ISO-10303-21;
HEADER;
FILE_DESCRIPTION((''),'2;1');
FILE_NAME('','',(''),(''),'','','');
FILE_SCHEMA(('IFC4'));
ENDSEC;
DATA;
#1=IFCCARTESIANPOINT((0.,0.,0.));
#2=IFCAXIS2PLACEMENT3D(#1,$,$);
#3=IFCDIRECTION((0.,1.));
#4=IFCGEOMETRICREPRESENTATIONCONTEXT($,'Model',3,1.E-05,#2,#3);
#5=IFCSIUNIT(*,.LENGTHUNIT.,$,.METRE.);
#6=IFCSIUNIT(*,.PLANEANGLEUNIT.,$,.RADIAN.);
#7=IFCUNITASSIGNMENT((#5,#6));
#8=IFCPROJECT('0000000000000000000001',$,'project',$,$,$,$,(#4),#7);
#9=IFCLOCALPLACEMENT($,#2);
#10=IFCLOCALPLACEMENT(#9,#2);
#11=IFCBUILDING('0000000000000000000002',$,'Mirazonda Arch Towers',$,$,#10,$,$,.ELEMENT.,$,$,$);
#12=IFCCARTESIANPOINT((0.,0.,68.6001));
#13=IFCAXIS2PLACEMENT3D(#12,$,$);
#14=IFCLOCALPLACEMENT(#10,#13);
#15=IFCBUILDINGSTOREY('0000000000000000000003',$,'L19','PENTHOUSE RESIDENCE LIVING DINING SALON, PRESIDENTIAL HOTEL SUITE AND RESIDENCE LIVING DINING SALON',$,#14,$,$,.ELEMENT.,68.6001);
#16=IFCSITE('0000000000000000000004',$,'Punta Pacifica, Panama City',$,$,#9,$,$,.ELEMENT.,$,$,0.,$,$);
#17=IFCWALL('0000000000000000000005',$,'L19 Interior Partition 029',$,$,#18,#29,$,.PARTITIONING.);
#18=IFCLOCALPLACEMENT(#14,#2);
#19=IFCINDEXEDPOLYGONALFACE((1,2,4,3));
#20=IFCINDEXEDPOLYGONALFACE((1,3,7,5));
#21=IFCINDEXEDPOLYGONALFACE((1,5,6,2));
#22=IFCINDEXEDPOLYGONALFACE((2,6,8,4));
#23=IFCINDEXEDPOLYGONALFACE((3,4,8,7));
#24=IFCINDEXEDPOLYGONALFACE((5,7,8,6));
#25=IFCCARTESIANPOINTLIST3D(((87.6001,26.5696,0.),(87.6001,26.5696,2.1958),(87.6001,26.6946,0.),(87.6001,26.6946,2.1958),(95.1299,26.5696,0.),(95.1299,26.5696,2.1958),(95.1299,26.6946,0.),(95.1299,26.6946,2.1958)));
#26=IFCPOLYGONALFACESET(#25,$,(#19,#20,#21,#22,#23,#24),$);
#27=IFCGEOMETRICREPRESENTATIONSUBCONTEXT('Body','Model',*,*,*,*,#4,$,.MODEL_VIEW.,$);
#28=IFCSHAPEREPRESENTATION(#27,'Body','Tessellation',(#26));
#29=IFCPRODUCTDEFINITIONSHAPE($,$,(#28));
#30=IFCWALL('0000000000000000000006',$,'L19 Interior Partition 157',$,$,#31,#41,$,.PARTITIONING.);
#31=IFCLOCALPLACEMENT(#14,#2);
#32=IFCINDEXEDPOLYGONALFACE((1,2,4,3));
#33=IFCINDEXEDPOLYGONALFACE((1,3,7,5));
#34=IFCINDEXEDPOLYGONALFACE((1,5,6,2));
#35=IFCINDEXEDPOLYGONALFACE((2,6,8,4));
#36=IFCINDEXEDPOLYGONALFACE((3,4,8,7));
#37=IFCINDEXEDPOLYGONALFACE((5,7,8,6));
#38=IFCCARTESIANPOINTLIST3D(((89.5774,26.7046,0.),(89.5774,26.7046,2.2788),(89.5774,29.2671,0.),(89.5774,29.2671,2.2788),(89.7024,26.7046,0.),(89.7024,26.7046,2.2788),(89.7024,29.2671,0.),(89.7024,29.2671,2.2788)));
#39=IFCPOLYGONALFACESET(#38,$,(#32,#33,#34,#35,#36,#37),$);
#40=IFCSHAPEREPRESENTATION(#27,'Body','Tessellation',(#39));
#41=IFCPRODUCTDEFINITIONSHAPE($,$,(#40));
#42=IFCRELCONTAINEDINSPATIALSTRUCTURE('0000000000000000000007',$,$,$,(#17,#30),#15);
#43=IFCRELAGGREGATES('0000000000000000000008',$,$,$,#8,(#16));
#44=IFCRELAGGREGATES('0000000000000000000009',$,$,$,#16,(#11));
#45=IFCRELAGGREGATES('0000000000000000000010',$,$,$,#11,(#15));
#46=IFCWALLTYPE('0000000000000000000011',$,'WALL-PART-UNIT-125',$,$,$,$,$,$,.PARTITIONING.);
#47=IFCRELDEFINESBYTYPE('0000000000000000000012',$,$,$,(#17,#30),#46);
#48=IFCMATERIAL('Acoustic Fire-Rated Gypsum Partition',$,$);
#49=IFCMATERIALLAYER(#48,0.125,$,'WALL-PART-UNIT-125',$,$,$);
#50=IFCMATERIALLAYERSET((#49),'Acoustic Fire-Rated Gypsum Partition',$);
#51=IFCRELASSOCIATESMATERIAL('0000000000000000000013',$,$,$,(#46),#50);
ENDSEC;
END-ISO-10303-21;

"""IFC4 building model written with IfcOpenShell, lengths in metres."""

from ifc_helpers import new_model, si_unit, direction, frame, frame_2d, origin, place, context, subcontext, project, spatial, rectangle, extrude, material, layer, layer_set, type_object, element, save


model = new_model("IFC4")

# Units and contexts
model_context = context("Model", 3, precision=1e-05, world=origin(), true_north=direction((0.0, 1.0)))
body_context = subcontext(model_context, "Body", "Model", "MODEL_VIEW")
ifc_project = project(units=[si_unit("LENGTHUNIT", "METRE"), si_unit("PLANEANGLEUNIT", "RADIAN")], contexts=[model_context])

# Site, building, storey
site_placement = place(None, origin())
site = spatial("IfcSite", under=ifc_project, at=site_placement, Name="Punta Pacifica, Panama City", CompositionType="ELEMENT", RefElevation=0.0)
building_placement = place(site_placement, origin())
building = spatial("IfcBuilding", under=site, at=building_placement, Name="Mirazonda Arch Towers", CompositionType="ELEMENT")
storey_placement = place(building_placement, frame((0.0, 0.0, 68.6001)))
storey = spatial("IfcBuildingStorey", under=building, at=storey_placement, Name="L19", Description="PENTHOUSE RESIDENCE LIVING DINING SALON, PRESIDENTIAL HOTEL SUITE AND RESIDENCE LIVING DINING SALON", CompositionType="ELEMENT", Elevation=68.6001)

# Walls
ifc_material_1 = material(Name="Acoustic Fire-Rated Gypsum Partition")
ifc_layer_1 = layer(ifc_material_1, 0.125, Name="WALL-PART-UNIT-125")
ifc_layer_set_1 = layer_set([ifc_layer_1], Name="Acoustic Fire-Rated Gypsum Partition")
wall_type_1 = type_object("IfcWallType", Name="WALL-PART-UNIT-125", PredefinedType="PARTITIONING", material=ifc_layer_set_1)
wall_1_placement = place(storey_placement, frame((87.6001, 26.6321, 0.0), z_axis=(0.0, 0.0, 1.0), x_axis=(1.0, 0.0, 0.0)))
element("IfcWall", 1, at=wall_1_placement, inside=storey, type_object=wall_type_1, Name="L19 Interior Partition 029", PredefinedType="PARTITIONING", context=body_context, shape_type="SweptSolid", body=[
    extrude(rectangle(XDim=7.5298, YDim=0.125, at=frame_2d((3.7649, 0.0))), origin(), (0.0, 0.0, 1.0), 2.1958),
])
wall_2_placement = place(storey_placement, frame((89.6399, 26.7046, 0.0), z_axis=(0.0, 0.0, 1.0), x_axis=(0.0, 1.0, 0.0)))
element("IfcWall", 2, at=wall_2_placement, inside=storey, type_object=wall_type_1, Name="L19 Interior Partition 157", PredefinedType="PARTITIONING", context=body_context, shape_type="SweptSolid", body=[
    extrude(rectangle(XDim=2.5625, YDim=0.125, at=frame_2d((1.2812, 0.0))), origin(), (0.0, 0.0, 1.0), 2.2788),
])

save(model, "model.ifc")
